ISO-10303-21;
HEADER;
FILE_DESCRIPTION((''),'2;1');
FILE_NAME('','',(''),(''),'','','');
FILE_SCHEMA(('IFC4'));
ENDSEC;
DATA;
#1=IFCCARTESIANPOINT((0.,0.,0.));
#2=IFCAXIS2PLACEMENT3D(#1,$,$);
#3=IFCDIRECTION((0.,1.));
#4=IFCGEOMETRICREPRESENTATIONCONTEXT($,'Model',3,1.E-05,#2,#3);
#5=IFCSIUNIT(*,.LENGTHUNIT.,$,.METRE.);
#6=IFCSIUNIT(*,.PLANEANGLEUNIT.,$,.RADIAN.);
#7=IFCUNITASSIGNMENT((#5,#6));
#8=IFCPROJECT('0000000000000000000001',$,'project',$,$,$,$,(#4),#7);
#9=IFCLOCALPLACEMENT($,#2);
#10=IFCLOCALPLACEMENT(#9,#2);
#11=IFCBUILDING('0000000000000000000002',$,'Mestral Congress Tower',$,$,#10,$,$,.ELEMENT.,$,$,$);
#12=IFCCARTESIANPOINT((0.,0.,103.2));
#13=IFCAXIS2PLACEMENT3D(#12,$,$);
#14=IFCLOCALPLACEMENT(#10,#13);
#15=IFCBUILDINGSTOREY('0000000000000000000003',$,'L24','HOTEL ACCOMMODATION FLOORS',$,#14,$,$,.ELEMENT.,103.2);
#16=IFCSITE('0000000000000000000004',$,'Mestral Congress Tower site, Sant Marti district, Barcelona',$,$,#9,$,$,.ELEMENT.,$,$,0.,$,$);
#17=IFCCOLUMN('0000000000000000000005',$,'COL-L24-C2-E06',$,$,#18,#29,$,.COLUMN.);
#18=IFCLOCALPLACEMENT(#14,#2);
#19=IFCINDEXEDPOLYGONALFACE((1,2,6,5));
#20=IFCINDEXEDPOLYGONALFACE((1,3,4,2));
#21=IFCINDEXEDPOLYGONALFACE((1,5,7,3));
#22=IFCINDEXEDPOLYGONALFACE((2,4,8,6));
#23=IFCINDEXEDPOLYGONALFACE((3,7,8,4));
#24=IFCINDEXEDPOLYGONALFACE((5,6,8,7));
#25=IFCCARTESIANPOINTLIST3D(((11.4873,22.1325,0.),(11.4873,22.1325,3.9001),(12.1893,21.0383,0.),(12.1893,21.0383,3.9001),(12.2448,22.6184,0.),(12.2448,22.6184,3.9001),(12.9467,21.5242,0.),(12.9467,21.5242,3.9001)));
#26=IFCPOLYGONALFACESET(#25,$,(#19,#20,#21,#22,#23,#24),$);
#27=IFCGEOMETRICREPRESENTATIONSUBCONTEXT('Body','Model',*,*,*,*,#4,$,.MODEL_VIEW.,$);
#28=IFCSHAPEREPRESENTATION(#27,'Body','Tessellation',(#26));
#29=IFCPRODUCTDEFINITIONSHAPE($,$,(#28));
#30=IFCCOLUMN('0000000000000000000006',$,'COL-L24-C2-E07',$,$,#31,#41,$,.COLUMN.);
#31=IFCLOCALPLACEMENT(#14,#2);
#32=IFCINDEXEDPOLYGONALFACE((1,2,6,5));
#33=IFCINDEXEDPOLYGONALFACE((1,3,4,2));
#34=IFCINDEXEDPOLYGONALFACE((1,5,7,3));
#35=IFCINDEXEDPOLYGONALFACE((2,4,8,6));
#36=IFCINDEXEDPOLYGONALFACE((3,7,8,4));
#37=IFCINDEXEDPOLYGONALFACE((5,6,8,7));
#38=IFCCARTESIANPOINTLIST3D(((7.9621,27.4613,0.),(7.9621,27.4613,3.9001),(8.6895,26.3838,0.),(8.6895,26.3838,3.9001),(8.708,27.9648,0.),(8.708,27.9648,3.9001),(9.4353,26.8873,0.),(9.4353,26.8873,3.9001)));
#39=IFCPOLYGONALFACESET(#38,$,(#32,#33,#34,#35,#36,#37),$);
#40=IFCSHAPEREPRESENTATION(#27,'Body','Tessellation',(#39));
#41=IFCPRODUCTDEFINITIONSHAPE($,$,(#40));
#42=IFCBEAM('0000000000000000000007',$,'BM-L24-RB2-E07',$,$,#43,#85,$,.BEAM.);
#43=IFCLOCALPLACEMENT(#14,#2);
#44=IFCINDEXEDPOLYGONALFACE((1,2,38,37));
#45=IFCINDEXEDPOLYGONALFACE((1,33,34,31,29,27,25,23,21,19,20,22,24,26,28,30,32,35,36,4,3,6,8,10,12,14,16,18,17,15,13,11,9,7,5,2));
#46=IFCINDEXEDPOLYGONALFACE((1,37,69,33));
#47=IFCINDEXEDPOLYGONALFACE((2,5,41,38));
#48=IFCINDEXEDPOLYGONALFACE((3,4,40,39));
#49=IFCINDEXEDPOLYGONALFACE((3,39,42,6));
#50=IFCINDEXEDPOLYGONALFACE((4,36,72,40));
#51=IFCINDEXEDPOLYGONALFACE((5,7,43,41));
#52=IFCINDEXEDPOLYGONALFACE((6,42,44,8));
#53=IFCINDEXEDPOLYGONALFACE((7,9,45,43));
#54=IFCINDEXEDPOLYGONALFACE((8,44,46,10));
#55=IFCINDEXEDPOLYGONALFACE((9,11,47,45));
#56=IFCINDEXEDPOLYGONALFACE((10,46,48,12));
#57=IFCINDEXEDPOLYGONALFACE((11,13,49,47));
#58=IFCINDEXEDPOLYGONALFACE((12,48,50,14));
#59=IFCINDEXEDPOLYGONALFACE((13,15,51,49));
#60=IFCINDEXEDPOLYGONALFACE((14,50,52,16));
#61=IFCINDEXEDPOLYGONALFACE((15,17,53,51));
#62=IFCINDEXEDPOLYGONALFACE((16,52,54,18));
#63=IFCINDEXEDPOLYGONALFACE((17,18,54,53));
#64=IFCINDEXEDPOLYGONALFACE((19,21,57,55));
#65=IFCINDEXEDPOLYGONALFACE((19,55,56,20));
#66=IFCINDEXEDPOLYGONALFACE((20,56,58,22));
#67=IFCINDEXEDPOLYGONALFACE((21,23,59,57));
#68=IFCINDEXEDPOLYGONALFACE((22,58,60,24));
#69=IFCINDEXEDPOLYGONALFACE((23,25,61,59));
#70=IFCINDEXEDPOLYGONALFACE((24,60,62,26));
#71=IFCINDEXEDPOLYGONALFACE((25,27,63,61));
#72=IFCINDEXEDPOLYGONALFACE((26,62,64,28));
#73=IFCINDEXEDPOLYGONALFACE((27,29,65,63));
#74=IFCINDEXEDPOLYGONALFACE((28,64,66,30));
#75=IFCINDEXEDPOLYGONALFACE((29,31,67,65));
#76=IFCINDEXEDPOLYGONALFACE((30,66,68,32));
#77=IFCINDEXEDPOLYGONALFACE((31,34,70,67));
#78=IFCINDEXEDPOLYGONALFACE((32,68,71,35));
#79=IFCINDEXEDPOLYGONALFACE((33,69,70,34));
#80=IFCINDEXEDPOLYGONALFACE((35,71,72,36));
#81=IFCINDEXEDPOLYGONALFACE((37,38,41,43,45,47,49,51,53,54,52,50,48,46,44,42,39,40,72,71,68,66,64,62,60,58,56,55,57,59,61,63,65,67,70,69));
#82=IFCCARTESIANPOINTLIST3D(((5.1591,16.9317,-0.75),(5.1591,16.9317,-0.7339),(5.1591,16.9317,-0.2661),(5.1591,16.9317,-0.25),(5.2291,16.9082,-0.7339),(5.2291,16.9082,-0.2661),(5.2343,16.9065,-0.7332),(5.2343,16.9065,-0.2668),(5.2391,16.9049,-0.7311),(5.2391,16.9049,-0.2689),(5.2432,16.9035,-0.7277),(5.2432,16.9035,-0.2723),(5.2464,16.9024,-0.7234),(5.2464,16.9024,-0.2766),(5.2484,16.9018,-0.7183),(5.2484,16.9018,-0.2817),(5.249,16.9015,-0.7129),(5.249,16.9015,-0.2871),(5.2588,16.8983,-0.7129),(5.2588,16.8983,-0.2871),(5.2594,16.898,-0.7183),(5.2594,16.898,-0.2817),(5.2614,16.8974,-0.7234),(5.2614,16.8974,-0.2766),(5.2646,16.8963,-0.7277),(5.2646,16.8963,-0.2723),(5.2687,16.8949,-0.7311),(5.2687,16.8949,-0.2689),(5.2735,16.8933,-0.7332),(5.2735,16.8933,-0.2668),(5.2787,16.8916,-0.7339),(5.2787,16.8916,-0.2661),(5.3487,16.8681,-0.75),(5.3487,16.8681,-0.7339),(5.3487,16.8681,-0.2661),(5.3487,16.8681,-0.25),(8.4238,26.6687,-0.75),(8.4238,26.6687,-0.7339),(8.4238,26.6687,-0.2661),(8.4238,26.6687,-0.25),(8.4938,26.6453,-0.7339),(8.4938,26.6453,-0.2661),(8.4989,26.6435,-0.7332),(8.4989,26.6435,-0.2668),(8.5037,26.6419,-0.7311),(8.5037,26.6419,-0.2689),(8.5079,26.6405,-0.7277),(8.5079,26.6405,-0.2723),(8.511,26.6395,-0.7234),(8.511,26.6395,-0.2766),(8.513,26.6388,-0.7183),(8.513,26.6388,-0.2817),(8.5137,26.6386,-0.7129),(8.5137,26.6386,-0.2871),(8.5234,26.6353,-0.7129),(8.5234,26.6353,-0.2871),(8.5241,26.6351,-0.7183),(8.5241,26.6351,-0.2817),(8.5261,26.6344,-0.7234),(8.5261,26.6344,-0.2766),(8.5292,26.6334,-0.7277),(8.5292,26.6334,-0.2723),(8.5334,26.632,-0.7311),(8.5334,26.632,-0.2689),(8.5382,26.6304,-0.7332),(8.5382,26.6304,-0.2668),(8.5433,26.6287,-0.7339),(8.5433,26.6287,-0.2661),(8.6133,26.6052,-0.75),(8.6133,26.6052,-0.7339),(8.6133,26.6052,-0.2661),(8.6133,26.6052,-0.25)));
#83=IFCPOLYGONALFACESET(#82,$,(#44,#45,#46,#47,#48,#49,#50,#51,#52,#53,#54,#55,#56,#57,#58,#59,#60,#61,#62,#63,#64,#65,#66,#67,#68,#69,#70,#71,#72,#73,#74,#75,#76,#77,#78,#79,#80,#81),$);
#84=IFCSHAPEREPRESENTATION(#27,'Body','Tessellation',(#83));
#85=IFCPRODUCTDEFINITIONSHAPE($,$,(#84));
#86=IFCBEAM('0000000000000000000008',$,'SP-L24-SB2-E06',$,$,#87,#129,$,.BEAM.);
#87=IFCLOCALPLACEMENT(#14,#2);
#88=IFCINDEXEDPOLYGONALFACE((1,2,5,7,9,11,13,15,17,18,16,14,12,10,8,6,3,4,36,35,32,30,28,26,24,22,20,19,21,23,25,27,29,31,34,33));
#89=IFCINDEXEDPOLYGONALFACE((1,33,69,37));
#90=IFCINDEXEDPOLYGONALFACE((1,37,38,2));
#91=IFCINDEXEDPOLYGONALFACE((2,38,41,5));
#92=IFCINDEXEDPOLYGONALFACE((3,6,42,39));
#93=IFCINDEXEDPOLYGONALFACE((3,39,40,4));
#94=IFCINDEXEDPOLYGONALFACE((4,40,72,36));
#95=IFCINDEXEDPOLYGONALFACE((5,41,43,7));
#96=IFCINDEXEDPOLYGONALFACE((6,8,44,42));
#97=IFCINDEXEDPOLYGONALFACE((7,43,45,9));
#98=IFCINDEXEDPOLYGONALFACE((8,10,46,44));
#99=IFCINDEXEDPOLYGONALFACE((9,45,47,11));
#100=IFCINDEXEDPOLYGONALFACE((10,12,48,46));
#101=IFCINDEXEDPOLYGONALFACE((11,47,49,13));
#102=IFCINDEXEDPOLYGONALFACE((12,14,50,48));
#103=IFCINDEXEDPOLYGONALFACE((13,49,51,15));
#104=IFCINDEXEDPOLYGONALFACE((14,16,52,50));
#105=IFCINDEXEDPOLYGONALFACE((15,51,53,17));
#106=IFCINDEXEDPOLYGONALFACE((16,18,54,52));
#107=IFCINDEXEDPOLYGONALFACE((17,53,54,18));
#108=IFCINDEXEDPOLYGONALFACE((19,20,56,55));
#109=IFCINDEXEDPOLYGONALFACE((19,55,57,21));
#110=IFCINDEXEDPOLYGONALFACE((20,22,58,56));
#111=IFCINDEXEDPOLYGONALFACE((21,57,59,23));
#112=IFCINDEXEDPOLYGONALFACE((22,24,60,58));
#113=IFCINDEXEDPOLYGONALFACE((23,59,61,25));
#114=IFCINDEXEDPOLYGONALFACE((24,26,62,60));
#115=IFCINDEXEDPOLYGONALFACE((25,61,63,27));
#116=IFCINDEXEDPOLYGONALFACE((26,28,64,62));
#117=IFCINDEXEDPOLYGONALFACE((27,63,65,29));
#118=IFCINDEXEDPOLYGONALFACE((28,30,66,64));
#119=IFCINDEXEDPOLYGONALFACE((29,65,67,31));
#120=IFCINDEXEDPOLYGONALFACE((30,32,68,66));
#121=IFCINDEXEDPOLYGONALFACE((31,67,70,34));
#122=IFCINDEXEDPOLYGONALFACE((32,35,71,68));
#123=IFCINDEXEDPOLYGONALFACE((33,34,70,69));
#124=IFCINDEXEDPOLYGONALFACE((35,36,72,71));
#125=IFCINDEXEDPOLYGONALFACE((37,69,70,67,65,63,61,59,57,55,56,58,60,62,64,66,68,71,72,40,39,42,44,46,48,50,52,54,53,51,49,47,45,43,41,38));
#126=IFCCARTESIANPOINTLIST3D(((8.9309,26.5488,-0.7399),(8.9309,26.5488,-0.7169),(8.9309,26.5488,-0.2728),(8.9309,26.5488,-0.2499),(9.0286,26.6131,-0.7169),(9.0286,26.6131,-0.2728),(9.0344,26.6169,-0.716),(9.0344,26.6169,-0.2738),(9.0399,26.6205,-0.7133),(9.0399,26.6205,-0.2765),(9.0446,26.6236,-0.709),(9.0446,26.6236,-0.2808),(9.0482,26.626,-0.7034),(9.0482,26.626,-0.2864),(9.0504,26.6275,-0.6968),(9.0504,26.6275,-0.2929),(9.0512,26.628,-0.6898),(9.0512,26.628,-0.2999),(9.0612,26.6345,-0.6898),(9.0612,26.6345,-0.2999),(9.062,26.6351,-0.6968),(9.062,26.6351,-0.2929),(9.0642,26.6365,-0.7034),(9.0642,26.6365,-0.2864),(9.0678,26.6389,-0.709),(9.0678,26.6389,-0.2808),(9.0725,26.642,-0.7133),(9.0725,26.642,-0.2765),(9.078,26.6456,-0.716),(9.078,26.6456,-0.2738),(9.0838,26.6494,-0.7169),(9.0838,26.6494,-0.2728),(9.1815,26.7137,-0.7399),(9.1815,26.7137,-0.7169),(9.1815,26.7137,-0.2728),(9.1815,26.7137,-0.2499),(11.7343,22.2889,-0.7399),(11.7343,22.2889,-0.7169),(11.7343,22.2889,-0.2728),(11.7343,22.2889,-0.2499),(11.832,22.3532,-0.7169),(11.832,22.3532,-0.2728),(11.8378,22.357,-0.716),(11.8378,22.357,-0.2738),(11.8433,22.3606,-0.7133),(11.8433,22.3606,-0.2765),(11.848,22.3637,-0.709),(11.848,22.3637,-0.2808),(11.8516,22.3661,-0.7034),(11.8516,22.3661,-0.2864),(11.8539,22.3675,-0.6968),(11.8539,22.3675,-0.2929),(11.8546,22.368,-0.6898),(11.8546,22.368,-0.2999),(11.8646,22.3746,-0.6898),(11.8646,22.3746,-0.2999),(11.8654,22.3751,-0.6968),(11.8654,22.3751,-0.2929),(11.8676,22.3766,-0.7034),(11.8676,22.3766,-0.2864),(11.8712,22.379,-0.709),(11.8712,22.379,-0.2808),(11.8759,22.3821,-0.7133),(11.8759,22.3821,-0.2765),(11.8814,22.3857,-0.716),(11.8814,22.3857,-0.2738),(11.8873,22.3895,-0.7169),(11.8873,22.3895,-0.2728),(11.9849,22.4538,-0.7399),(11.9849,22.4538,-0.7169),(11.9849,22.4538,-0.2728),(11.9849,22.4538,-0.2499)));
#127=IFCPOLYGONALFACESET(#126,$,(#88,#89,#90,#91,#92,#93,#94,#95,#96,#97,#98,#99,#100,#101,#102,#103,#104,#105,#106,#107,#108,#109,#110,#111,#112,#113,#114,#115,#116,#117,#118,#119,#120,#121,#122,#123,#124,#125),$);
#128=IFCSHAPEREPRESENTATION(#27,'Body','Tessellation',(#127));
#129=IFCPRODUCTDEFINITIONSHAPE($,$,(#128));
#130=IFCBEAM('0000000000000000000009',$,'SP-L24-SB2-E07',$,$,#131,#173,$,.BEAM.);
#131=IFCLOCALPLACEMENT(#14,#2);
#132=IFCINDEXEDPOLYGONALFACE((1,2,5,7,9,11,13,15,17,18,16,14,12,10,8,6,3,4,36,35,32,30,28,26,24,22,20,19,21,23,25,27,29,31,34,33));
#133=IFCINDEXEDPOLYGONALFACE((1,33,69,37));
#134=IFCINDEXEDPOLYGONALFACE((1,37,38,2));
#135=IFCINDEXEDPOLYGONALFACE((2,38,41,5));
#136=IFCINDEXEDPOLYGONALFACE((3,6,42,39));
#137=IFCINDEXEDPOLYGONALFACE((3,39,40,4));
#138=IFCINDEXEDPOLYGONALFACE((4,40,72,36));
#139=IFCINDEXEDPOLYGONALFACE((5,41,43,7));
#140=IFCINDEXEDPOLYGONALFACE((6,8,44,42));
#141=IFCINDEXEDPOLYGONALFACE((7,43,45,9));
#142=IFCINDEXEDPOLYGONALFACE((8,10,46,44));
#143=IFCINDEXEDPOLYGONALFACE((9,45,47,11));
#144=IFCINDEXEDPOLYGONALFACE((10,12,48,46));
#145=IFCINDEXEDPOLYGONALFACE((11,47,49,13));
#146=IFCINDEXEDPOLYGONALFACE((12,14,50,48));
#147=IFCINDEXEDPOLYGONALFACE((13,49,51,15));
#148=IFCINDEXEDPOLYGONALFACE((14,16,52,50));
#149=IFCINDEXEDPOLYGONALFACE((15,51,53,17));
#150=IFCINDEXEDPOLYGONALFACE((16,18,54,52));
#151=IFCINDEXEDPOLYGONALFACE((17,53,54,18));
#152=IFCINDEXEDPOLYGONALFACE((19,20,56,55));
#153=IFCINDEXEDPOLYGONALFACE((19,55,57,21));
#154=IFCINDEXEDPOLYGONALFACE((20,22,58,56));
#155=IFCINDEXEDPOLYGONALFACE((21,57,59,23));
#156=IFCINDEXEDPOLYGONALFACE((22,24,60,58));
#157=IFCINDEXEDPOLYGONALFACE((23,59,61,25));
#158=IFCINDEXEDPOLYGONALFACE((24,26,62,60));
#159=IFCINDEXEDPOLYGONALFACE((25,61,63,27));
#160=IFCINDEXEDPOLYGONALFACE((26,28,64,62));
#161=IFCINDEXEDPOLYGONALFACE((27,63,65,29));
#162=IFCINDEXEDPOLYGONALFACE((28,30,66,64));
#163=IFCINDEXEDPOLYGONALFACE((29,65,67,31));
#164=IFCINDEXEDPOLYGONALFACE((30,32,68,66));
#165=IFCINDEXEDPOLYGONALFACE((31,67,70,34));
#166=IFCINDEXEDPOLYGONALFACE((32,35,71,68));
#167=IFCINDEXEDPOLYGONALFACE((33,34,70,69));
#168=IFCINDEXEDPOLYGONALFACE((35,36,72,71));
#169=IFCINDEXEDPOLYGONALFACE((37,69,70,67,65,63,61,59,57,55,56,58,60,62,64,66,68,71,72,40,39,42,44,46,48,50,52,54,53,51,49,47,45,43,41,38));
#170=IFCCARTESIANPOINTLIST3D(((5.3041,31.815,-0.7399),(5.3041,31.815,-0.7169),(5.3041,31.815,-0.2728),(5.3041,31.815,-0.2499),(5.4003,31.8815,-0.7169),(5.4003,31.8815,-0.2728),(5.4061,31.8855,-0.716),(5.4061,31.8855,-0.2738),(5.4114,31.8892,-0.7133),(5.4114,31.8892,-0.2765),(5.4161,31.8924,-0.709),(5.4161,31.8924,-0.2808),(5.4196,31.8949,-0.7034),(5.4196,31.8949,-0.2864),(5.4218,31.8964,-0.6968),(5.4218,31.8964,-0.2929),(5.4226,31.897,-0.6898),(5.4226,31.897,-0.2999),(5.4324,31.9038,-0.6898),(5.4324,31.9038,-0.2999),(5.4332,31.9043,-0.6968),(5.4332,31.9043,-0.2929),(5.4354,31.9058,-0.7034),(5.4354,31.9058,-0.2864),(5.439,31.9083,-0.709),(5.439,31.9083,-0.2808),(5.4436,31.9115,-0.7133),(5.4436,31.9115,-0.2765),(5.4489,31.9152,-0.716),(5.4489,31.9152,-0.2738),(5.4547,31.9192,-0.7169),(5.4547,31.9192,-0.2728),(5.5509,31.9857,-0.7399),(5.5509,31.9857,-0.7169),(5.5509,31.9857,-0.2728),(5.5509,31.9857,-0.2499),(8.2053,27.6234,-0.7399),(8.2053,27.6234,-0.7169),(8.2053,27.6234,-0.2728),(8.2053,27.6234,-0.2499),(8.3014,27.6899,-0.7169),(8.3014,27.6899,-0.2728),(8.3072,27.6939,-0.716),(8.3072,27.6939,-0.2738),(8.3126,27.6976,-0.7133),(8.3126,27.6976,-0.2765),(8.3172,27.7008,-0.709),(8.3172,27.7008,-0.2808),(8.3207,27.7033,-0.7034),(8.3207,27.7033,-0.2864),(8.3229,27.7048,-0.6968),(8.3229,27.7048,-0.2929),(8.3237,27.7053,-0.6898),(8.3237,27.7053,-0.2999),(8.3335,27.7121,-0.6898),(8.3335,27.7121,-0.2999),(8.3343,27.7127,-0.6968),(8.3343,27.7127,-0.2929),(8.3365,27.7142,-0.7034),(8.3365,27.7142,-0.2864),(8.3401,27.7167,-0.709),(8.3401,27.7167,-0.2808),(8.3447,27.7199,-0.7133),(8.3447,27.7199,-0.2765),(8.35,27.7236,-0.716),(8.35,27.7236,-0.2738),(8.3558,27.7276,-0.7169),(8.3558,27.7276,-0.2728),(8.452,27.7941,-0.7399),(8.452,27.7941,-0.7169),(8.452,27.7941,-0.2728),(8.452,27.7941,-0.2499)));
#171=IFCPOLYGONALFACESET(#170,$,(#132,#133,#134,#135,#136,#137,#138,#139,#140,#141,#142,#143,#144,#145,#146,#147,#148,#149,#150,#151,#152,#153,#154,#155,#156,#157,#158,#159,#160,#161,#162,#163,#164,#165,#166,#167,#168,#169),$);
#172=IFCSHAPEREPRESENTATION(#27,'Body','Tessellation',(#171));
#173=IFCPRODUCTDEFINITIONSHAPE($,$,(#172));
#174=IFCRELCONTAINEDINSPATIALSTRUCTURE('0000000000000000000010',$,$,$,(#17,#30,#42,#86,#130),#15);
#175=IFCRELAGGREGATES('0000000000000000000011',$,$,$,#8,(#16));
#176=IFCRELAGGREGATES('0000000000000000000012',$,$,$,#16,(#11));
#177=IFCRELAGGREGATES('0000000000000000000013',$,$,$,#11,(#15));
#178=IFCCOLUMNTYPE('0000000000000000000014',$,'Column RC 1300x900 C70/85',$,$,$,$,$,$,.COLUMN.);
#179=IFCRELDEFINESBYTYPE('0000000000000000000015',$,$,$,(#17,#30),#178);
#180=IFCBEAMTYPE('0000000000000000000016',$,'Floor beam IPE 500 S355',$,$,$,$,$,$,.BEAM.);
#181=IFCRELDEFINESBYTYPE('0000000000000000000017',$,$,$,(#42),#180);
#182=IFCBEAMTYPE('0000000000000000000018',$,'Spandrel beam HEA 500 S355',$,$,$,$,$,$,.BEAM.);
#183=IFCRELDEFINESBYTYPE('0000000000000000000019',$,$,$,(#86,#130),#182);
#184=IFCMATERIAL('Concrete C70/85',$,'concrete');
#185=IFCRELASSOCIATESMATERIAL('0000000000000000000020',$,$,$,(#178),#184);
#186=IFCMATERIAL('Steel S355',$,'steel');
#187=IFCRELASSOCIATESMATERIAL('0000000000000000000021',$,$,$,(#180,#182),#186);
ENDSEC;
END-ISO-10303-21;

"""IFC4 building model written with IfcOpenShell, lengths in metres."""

from ifc_helpers import new_model, si_unit, direction, frame, origin, origin_2d, place, context, subcontext, project, spatial, rectangle, i_section, extrude, material, material_profile, profile_set, type_object, element, save


model = new_model("IFC4")

# Units and contexts
model_context = context("Model", 3, precision=1e-05, world=origin(), true_north=direction((0.0, 1.0)))
body_context = subcontext(model_context, "Body", "Model", "MODEL_VIEW")
ifc_project = project(units=[si_unit("LENGTHUNIT", "METRE"), si_unit("PLANEANGLEUNIT", "RADIAN")], contexts=[model_context])

# Site, building, storey
site_placement = place(None, origin())
site = spatial("IfcSite", under=ifc_project, at=site_placement, Name="Mestral Congress Tower site, Sant Marti district, Barcelona", CompositionType="ELEMENT", RefElevation=0.0)
building_placement = place(site_placement, origin())
building = spatial("IfcBuilding", under=site, at=building_placement, Name="Mestral Congress Tower", CompositionType="ELEMENT")
storey_placement = place(building_placement, frame((0.0, 0.0, 103.2)))
storey = spatial("IfcBuildingStorey", under=building, at=storey_placement, Name="L24", Description="HOTEL ACCOMMODATION FLOORS", CompositionType="ELEMENT", Elevation=103.2)

# Columns
ifc_material_1 = material(Name="Concrete C70/85", Category="concrete")
ifc_material_profile_1 = material_profile(ifc_material_1, rectangle(XDim=1.3, YDim=0.8999, at=origin_2d()), Name="RC 1300x900")
ifc_profile_set_1 = profile_set([ifc_material_profile_1], Name="Concrete C70/85")
column_type = type_object("IfcColumnType", Name="Column RC 1300x900 C70/85", PredefinedType="COLUMN", material=ifc_profile_set_1)
for number, where, z_axis, x_axis, name in (
    (1, (12.217, 21.8284, 0.0), (0.0, 0.0, 1.0), (-0.539945, 0.8417, 0.0), "COL-L24-C2-E06"),
    (2, (8.6987, 27.1743, 0.0), (0.0, 0.0, 1.0), (-0.559479, 0.828844, 0.0), "COL-L24-C2-E07"),
):
    element("IfcColumn", number, at=place(storey_placement, frame(where, z_axis=z_axis, x_axis=x_axis)), inside=storey, type_object=column_type, Name=name, PredefinedType="COLUMN", context=body_context, shape_type="SweptSolid", body=[
        extrude(rectangle(XDim=1.3, YDim=0.8999, at=origin_2d()), origin(), (0.0, 0.0, 1.0), 3.9001),
    ])

# Beams
ifc_material_2 = material(Name="Steel S355", Category="steel")
ifc_material_profile_2 = material_profile(ifc_material_2, i_section(OverallWidth=0.2, OverallDepth=0.5, WebThickness=0.0103, FlangeThickness=0.0161, FilletRadius=0.021, at=origin_2d()), Name="IPE 500")
ifc_profile_set_2 = profile_set([ifc_material_profile_2], Name="Steel S355")
beam_type_1 = type_object("IfcBeamType", Name="Floor beam IPE 500 S355", PredefinedType="BEAM", material=ifc_profile_set_2)
beam_1_placement = place(storey_placement, frame((8.5186, 26.637, -0.5), z_axis=(-0.317889, -0.948128, 0.0), x_axis=(0.948128, -0.317889, 0.0)))
element("IfcBeam", 3, at=beam_1_placement, inside=storey, type_object=beam_type_1, Name="BM-L24-RB2-E07", PredefinedType="BEAM", context=body_context, shape_type="SweptSolid", body=[
    extrude(i_section(OverallWidth=0.2, OverallDepth=0.5, WebThickness=0.0103, FlangeThickness=0.0161, FilletRadius=0.021, at=origin_2d()), origin(), (0.0, 0.0, 1.0), 10.2698),
])
ifc_material_profile_3 = material_profile(ifc_material_2, i_section(OverallWidth=0.3, OverallDepth=0.49, WebThickness=0.012, FlangeThickness=0.0229, FilletRadius=0.0271, at=origin_2d()), Name="HEA 500")
ifc_profile_set_3 = profile_set([ifc_material_profile_3], Name="Steel S355")
beam_type_2 = type_object("IfcBeamType", Name="Spandrel beam HEA 500 S355", PredefinedType="BEAM", material=ifc_profile_set_3)
beam_2_placement = place(storey_placement, frame((11.8596, 22.3713, -0.4949), z_axis=(-0.54973, 0.835342, 0.0), x_axis=(-0.835342, -0.54973, 0.0)))
element("IfcBeam", 4, at=beam_2_placement, inside=storey, type_object=beam_type_2, Name="SP-L24-SB2-E06", PredefinedType="BEAM", context=body_context, shape_type="SweptSolid", body=[
    extrude(i_section(OverallWidth=0.3, OverallDepth=0.49, WebThickness=0.012, FlangeThickness=0.0229, FilletRadius=0.0271, at=origin_2d()), origin(), (0.0, 0.0, 1.0), 5.0996),
])
beam_3_placement = place(storey_placement, frame((8.3286, 27.7087, -0.4949), z_axis=(-0.569105, 0.822265, 0.0), x_axis=(-0.822265, -0.569105, 0.0)))
element("IfcBeam", 5, at=beam_3_placement, inside=storey, type_object=beam_type_2, Name="SP-L24-SB2-E07", PredefinedType="BEAM", context=body_context, shape_type="SweptSolid", body=[
    extrude(i_section(OverallWidth=0.3, OverallDepth=0.49, WebThickness=0.012, FlangeThickness=0.0229, FilletRadius=0.0271, at=origin_2d()), origin(), (0.0, 0.0, 1.0), 5.0977),
])

save(model, "model.ifc")
